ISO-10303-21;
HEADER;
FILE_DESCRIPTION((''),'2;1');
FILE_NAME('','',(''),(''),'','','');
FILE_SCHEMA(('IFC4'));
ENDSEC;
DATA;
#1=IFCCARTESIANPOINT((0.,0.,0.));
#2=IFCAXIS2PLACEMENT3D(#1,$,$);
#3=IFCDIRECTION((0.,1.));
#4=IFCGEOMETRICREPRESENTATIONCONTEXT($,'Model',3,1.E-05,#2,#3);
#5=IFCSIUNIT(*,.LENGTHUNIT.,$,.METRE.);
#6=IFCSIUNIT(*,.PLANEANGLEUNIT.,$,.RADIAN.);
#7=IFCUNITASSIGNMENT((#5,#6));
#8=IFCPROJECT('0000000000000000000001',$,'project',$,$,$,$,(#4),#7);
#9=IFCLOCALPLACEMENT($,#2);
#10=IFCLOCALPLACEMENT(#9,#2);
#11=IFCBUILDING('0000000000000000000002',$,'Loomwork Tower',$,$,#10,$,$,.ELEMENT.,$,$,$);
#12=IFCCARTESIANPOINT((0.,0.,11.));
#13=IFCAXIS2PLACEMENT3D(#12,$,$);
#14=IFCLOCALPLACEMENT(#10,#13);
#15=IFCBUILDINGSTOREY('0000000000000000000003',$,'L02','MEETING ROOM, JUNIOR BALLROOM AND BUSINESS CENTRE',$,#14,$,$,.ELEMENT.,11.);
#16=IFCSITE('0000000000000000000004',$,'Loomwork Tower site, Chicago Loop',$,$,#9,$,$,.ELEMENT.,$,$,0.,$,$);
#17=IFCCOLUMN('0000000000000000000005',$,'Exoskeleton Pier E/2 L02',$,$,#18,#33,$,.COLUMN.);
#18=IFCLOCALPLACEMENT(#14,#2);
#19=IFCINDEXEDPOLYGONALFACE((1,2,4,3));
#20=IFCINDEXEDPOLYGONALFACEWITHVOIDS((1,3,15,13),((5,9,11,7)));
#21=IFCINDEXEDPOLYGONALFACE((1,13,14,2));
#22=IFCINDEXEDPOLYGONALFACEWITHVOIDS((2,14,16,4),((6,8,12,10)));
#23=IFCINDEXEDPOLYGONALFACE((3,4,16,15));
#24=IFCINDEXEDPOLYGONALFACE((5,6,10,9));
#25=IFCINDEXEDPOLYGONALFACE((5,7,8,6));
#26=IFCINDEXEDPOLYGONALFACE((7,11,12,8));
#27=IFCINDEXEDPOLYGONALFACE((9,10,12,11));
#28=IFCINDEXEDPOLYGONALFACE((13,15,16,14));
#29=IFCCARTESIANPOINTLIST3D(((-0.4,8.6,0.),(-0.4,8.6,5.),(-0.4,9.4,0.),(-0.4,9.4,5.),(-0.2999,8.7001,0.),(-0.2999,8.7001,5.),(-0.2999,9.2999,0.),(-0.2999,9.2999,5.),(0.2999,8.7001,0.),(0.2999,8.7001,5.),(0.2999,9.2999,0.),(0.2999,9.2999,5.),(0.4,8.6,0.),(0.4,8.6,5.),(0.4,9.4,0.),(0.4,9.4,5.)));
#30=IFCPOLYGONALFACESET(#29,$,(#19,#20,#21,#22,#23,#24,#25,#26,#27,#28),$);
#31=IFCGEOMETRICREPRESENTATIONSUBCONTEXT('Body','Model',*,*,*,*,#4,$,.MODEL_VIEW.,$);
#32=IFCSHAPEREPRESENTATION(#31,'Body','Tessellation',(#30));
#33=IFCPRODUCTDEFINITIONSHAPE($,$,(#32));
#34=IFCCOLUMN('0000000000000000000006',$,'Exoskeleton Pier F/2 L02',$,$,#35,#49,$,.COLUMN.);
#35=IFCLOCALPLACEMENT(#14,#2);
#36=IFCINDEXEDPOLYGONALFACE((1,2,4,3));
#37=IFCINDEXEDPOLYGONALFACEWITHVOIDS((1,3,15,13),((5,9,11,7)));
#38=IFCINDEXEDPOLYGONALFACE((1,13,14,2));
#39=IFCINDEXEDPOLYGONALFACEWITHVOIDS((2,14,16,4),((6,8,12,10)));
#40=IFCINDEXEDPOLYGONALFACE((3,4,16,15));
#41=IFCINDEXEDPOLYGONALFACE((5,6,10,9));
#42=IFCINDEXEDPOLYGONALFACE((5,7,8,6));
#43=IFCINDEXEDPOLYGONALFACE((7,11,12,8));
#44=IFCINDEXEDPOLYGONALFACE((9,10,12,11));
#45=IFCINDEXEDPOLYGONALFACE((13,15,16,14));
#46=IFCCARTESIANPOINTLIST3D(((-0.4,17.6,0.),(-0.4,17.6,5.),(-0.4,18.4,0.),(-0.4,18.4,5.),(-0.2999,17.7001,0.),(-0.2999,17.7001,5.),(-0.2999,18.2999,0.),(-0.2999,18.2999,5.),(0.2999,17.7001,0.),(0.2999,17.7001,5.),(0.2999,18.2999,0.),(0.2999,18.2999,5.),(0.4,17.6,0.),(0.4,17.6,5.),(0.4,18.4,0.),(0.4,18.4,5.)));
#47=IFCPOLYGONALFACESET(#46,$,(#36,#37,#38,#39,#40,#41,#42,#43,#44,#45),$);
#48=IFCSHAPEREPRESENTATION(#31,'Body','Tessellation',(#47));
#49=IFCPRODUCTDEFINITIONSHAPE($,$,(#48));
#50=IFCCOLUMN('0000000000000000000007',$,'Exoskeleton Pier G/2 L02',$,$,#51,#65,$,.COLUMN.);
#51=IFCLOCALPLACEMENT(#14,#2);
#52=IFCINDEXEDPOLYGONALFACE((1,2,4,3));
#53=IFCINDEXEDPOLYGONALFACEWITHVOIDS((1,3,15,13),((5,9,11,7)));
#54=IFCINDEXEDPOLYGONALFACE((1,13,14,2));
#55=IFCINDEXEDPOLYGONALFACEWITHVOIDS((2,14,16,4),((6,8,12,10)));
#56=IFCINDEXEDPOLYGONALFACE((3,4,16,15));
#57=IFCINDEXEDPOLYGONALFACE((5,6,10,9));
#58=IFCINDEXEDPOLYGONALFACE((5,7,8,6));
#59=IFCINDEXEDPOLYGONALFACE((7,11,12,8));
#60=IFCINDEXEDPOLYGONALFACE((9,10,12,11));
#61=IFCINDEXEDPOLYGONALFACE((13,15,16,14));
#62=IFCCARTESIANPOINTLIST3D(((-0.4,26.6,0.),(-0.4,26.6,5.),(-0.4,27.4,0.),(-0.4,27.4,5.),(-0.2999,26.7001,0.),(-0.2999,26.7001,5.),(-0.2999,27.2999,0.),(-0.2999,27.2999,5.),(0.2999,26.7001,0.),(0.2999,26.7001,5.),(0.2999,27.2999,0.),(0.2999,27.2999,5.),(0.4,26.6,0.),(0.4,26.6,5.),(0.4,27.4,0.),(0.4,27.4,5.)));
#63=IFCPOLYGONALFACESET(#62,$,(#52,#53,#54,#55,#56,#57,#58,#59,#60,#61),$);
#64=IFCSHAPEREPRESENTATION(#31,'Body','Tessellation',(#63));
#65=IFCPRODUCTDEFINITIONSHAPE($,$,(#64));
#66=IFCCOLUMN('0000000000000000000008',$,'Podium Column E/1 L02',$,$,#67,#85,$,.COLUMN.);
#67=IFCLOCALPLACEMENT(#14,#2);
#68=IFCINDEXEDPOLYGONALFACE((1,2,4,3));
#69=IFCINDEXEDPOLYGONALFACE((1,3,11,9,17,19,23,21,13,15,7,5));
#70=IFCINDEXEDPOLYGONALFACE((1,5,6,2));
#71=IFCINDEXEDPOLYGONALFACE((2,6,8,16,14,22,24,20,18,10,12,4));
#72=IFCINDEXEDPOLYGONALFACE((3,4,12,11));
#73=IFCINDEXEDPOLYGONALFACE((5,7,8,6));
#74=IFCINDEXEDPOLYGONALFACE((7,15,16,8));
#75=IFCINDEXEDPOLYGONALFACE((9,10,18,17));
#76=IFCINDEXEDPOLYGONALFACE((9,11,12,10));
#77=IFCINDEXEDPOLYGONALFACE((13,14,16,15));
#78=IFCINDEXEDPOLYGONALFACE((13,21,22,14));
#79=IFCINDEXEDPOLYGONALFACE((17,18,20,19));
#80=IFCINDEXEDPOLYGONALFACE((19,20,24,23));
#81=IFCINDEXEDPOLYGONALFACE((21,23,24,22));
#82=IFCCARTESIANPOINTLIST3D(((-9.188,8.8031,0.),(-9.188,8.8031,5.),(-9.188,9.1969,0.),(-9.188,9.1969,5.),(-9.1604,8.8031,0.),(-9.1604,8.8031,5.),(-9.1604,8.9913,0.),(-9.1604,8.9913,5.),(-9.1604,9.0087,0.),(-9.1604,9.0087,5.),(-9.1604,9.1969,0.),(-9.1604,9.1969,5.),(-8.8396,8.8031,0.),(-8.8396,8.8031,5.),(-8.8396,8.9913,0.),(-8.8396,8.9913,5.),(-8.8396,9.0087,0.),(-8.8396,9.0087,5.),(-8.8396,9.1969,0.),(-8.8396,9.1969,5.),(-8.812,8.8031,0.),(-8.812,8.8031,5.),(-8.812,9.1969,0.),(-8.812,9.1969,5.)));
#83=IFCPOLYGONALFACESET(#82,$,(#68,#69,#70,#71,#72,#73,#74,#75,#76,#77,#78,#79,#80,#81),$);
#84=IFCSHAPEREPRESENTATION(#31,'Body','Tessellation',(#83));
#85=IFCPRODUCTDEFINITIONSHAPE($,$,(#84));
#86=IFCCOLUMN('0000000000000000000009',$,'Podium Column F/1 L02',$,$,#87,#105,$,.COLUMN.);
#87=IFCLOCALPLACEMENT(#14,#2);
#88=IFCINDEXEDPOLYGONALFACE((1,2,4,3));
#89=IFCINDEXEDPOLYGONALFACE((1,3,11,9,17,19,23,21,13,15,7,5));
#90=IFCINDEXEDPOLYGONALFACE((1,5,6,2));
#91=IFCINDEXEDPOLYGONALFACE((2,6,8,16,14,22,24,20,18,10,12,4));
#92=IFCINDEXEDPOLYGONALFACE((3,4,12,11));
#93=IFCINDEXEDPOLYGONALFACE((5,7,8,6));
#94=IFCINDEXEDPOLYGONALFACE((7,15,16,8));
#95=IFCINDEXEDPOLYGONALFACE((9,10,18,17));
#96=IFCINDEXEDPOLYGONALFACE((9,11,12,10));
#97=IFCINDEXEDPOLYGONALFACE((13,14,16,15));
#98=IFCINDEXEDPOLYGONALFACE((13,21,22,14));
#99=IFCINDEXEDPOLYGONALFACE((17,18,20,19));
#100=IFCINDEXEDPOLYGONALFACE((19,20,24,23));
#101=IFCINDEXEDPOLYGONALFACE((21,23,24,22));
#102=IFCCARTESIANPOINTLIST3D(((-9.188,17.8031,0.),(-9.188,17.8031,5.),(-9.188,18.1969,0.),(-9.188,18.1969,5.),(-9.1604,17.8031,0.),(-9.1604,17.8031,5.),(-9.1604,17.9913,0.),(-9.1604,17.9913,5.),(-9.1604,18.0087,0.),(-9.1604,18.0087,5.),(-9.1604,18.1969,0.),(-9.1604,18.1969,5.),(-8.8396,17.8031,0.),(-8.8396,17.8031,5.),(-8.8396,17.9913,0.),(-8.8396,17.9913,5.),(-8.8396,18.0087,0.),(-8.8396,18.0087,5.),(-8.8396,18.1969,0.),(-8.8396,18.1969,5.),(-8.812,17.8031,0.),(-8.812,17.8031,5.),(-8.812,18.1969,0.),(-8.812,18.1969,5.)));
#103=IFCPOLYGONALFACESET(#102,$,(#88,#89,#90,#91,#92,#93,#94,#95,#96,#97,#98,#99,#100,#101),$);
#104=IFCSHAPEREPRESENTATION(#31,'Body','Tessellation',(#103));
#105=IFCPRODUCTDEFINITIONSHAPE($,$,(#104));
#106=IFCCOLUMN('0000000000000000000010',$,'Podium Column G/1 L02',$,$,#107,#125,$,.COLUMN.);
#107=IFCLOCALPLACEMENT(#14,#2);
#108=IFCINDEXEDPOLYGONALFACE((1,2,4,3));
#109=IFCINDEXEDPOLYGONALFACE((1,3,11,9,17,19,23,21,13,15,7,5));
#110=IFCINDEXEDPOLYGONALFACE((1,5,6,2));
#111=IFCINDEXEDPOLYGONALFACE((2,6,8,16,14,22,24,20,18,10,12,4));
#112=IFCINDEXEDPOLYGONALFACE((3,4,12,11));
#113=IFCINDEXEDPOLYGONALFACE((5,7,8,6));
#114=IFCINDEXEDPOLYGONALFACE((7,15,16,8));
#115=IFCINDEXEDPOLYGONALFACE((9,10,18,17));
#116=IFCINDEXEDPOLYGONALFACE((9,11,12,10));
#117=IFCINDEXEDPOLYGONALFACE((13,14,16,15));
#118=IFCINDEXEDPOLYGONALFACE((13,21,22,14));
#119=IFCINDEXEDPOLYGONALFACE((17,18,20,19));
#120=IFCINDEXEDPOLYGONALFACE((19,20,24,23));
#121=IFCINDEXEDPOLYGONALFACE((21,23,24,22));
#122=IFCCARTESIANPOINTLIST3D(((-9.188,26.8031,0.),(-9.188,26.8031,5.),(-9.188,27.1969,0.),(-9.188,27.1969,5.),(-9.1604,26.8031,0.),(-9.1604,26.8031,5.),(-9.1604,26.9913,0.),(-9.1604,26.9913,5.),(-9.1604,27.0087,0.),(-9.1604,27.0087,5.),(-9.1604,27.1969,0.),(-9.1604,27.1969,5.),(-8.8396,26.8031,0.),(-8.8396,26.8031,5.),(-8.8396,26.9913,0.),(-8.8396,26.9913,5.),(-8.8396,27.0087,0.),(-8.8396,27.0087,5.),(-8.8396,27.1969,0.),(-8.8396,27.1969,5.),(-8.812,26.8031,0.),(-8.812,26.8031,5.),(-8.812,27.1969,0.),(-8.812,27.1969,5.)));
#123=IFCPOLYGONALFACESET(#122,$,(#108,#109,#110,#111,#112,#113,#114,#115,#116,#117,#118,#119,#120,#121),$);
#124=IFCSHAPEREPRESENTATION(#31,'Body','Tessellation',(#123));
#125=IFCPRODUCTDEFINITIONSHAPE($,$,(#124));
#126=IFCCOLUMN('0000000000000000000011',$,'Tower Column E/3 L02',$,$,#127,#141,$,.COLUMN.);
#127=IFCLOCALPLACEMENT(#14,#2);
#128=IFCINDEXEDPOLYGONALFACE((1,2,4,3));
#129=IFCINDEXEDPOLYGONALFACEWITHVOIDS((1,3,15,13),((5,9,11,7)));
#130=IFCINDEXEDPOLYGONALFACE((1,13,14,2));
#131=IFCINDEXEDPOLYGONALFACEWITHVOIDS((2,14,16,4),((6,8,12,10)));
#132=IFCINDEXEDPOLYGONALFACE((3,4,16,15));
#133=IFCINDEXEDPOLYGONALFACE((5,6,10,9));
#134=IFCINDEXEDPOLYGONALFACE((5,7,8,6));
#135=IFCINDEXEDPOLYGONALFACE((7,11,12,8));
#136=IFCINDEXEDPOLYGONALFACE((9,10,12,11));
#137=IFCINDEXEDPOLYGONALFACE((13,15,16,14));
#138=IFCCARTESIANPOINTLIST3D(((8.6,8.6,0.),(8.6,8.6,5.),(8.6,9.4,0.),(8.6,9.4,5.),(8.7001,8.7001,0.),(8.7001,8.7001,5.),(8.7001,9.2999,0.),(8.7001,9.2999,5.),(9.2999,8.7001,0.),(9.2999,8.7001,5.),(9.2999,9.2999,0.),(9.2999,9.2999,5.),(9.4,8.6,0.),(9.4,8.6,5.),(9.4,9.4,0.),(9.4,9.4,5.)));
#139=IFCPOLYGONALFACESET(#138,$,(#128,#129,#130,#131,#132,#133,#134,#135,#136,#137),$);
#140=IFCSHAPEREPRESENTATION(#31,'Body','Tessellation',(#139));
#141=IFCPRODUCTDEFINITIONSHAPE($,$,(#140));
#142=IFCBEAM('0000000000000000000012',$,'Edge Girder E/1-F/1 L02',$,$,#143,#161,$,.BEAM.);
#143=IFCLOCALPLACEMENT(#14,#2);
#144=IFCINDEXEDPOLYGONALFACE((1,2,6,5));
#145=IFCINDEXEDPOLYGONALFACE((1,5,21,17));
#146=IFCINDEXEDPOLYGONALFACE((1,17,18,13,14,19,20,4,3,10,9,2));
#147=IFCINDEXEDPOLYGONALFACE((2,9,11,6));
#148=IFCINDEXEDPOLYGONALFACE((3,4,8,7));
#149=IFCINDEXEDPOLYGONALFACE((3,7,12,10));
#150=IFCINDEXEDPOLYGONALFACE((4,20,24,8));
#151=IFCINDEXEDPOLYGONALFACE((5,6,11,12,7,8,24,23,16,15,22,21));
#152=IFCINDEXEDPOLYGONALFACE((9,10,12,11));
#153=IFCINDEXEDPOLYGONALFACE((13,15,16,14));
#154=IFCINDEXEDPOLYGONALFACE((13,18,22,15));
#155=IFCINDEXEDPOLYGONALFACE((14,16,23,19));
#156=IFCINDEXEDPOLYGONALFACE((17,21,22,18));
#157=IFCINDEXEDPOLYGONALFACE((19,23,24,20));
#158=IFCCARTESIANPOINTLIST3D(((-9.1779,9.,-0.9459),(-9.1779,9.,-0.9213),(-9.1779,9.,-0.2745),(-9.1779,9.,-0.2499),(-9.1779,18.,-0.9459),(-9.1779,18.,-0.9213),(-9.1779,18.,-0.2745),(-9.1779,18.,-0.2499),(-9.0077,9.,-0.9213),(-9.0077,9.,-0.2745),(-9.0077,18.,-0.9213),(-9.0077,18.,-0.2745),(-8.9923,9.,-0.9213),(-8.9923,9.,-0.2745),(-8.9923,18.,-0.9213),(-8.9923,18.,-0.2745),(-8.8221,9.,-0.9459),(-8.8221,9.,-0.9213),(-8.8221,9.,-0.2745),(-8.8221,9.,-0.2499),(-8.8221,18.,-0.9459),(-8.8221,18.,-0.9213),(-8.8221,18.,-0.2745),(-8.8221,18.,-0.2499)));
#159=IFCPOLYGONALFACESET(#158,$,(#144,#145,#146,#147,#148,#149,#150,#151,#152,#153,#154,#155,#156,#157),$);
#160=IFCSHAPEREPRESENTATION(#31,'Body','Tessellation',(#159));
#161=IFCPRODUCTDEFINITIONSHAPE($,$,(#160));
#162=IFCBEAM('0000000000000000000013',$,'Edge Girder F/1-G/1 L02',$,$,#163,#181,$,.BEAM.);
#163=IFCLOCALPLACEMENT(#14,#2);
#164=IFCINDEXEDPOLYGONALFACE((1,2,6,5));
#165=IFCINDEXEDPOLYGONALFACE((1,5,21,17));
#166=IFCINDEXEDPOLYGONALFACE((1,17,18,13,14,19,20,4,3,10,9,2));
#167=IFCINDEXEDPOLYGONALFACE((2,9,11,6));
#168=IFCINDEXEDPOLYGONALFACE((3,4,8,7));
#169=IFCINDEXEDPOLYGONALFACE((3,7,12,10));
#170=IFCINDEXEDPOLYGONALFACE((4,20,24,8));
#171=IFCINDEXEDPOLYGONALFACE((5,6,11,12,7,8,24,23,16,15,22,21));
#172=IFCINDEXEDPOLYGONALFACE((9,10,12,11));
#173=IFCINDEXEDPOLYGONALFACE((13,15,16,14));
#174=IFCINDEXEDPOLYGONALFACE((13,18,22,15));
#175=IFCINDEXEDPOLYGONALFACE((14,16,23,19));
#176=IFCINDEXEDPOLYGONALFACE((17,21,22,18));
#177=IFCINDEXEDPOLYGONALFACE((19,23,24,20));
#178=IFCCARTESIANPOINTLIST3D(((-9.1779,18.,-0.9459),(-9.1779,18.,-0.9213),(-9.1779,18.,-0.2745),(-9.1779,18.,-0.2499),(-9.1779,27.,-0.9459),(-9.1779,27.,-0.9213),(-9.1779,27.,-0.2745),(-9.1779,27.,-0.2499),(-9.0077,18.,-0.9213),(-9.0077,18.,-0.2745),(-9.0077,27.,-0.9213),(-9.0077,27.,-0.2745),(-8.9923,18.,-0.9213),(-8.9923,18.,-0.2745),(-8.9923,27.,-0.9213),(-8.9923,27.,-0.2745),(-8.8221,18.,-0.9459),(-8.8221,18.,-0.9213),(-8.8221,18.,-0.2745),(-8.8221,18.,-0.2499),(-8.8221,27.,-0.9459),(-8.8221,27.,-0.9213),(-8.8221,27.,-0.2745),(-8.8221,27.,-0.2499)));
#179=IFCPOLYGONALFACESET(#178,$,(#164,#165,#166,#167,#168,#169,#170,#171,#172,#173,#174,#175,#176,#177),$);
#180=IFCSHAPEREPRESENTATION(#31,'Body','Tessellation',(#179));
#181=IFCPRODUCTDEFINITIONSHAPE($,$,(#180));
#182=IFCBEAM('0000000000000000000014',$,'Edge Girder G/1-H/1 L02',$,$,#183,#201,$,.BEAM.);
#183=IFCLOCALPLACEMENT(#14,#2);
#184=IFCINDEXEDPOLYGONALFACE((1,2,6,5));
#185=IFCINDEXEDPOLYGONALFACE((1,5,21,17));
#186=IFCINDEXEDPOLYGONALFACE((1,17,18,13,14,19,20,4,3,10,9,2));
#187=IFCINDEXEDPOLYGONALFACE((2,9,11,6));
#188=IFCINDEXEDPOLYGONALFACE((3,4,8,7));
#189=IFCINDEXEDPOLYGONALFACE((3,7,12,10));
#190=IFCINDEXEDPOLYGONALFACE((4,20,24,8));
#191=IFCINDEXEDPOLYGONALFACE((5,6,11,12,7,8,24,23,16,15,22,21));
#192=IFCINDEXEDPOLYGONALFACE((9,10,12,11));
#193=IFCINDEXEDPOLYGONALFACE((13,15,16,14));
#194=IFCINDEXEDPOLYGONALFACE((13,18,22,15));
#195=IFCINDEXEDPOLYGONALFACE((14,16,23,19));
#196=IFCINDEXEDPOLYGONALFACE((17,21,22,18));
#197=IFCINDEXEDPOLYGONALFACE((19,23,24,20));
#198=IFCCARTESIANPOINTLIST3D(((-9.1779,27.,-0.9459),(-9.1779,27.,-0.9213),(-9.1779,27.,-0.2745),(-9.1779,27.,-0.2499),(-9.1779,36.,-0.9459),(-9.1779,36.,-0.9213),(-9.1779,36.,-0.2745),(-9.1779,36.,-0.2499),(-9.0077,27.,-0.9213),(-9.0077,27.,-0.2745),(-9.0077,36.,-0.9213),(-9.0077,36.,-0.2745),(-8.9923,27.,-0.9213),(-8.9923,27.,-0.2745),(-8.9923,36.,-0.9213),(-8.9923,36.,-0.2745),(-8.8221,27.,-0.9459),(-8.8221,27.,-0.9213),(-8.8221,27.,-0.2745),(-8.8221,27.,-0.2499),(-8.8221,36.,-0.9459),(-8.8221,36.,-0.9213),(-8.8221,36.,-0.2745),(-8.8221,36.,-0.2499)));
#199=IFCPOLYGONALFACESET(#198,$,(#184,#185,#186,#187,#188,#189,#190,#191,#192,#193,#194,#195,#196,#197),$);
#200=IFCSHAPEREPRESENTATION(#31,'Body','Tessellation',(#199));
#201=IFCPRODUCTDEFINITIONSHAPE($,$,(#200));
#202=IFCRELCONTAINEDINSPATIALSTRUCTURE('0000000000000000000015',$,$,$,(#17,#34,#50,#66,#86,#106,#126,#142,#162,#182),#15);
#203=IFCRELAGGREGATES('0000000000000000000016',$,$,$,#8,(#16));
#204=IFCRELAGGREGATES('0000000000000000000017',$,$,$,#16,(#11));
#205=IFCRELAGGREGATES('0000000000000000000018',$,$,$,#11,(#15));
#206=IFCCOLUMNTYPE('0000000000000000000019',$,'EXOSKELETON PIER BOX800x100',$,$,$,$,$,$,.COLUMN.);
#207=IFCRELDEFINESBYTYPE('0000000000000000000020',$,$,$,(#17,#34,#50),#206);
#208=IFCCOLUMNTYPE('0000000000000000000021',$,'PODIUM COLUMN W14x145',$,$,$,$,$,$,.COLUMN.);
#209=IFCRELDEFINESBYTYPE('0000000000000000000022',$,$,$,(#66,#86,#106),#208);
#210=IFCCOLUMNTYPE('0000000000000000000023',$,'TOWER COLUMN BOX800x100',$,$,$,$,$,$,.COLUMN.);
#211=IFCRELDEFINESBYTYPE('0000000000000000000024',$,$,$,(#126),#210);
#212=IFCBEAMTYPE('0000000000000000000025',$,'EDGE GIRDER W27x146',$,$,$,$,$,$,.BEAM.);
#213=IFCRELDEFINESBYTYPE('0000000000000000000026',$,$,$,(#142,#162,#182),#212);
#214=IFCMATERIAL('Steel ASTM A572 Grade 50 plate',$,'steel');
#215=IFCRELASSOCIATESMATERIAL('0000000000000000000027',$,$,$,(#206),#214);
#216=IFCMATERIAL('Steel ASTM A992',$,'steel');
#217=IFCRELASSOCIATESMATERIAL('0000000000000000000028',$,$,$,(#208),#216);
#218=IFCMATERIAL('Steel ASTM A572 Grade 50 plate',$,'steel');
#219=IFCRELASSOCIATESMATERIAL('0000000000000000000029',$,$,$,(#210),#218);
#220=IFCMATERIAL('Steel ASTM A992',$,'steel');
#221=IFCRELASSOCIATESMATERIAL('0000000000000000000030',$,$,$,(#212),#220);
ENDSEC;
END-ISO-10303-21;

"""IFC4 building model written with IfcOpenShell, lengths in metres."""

from ifc_helpers import new_model, si_unit, direction, frame, origin, origin_2d, place, context, subcontext, project, spatial, hollow_rectangle, i_section, extrude, material, material_profile, profile_set, type_object, element, save


model = new_model("IFC4")

# Units and contexts
model_context = context("Model", 3, precision=1e-05, world=origin(), true_north=direction((0.0, 1.0)))
body_context = subcontext(model_context, "Body", "Model", "MODEL_VIEW")
ifc_project = project(units=[si_unit("LENGTHUNIT", "METRE"), si_unit("PLANEANGLEUNIT", "RADIAN")], contexts=[model_context])

# Site, building, storey
site_placement = place(None, origin())
site = spatial("IfcSite", under=ifc_project, at=site_placement, Name="Loomwork Tower site, Chicago Loop", CompositionType="ELEMENT", RefElevation=0.0)
building_placement = place(site_placement, origin())
building = spatial("IfcBuilding", under=site, at=building_placement, Name="Loomwork Tower", CompositionType="ELEMENT")
storey_placement = place(building_placement, frame((0.0, 0.0, 11.0)))
storey = spatial("IfcBuildingStorey", under=building, at=storey_placement, Name="L02", Description="MEETING ROOM, JUNIOR BALLROOM AND BUSINESS CENTRE", CompositionType="ELEMENT", Elevation=11.0)

# Columns
ifc_material_1 = material(Name="Steel ASTM A572 Grade 50 plate", Category="steel")
ifc_material_profile_1 = material_profile(ifc_material_1, hollow_rectangle(XDim=0.8, YDim=0.8, WallThickness=0.1001, at=origin_2d()), Name="BOX800x100")
ifc_profile_set_1 = profile_set([ifc_material_profile_1], Name="Steel ASTM A572 Grade 50 plate")
column_type_1 = type_object("IfcColumnType", Name="EXOSKELETON PIER BOX800x100", PredefinedType="COLUMN", material=ifc_profile_set_1)
for number, where, z_axis, x_axis, name in (
    (1, (0.0, 9.0, 0.0), (0.0, 0.0, 1.0), (0.0, 1.0, 0.0), "Exoskeleton Pier E/2 L02"),
    (2, (0.0, 18.0, 0.0), (0.0, 0.0, 1.0), (0.0, 1.0, 0.0), "Exoskeleton Pier F/2 L02"),
    (3, (0.0, 27.0, 0.0), (0.0, 0.0, 1.0), (0.0, 1.0, 0.0), "Exoskeleton Pier G/2 L02"),
):
    element("IfcColumn", number, at=place(storey_placement, frame(where, z_axis=z_axis, x_axis=x_axis)), inside=storey, type_object=column_type_1, Name=name, PredefinedType="COLUMN", context=body_context, shape_type="SweptSolid", body=[
        extrude(hollow_rectangle(XDim=0.8, YDim=0.8, WallThickness=0.1001, at=origin_2d()), origin(), (0.0, 0.0, 1.0), 5.0),
    ])
ifc_material_2 = material(Name="Steel ASTM A992", Category="steel")
ifc_material_profile_2 = material_profile(ifc_material_2, i_section(OverallWidth=0.3938, OverallDepth=0.376, WebThickness=0.0173, FlangeThickness=0.0276, at=origin_2d()), Name="W14x145")
ifc_profile_set_2 = profile_set([ifc_material_profile_2], Name="Steel ASTM A992")
column_type_2 = type_object("IfcColumnType", Name="PODIUM COLUMN W14x145", PredefinedType="COLUMN", material=ifc_profile_set_2)
for number, where, z_axis, x_axis, name in (
    (4, (-9.0, 9.0, 0.0), (0.0, 0.0, 1.0), (0.0, 1.0, 0.0), "Podium Column E/1 L02"),
    (5, (-9.0, 18.0, 0.0), (0.0, 0.0, 1.0), (0.0, 1.0, 0.0), "Podium Column F/1 L02"),
    (6, (-9.0, 27.0, 0.0), (0.0, 0.0, 1.0), (0.0, 1.0, 0.0), "Podium Column G/1 L02"),
):
    element("IfcColumn", number, at=place(storey_placement, frame(where, z_axis=z_axis, x_axis=x_axis)), inside=storey, type_object=column_type_2, Name=name, PredefinedType="COLUMN", context=body_context, shape_type="SweptSolid", body=[
        extrude(i_section(OverallWidth=0.3938, OverallDepth=0.376, WebThickness=0.0173, FlangeThickness=0.0276, at=origin_2d()), origin(), (0.0, 0.0, 1.0), 5.0),
    ])
ifc_material_3 = material(Name="Steel ASTM A572 Grade 50 plate", Category="steel")
ifc_material_profile_3 = material_profile(ifc_material_3, hollow_rectangle(XDim=0.8, YDim=0.8, WallThickness=0.1001, at=origin_2d()), Name="BOX800x100")
ifc_profile_set_3 = profile_set([ifc_material_profile_3], Name="Steel ASTM A572 Grade 50 plate")
column_type_3 = type_object("IfcColumnType", Name="TOWER COLUMN BOX800x100", PredefinedType="COLUMN", material=ifc_profile_set_3)
column_placement = place(storey_placement, frame((9.0, 9.0, 0.0), z_axis=(0.0, 0.0, 1.0), x_axis=(1.0, 0.0, 0.0)))
element("IfcColumn", 7, at=column_placement, inside=storey, type_object=column_type_3, Name="Tower Column E/3 L02", PredefinedType="COLUMN", context=body_context, shape_type="SweptSolid", body=[
    extrude(hollow_rectangle(XDim=0.8, YDim=0.8, WallThickness=0.1001, at=origin_2d()), origin(), (0.0, 0.0, 1.0), 5.0),
])

# Beams
ifc_material_4 = material(Name="Steel ASTM A992", Category="steel")
ifc_material_profile_4 = material_profile(ifc_material_4, i_section(OverallWidth=0.3557, OverallDepth=0.696, WebThickness=0.0154, FlangeThickness=0.0247, at=origin_2d()), Name="W27x146")
ifc_profile_set_4 = profile_set([ifc_material_profile_4], Name="Steel ASTM A992")
beam_type_1 = type_object("IfcBeamType", Name="EDGE GIRDER W27x146", PredefinedType="BEAM", material=ifc_profile_set_4)
for number, where, z_axis, x_axis, name in (
    (8, (-9.0, 9.0, -0.5979), (0.0, 1.0, 0.0), (-1.0, 0.0, 0.0), "Edge Girder E/1-F/1 L02"),
    (9, (-9.0, 18.0, -0.5979), (0.0, 1.0, 0.0), (-1.0, 0.0, 0.0), "Edge Girder F/1-G/1 L02"),
    (10, (-9.0, 27.0, -0.5979), (0.0, 1.0, 0.0), (-1.0, 0.0, 0.0), "Edge Girder G/1-H/1 L02"),
):
    element("IfcBeam", number, at=place(storey_placement, frame(where, z_axis=z_axis, x_axis=x_axis)), inside=storey, type_object=beam_type_1, Name=name, PredefinedType="BEAM", context=body_context, shape_type="SweptSolid", body=[
        extrude(i_section(OverallWidth=0.3557, OverallDepth=0.696, WebThickness=0.0154, FlangeThickness=0.0247, at=origin_2d()), origin(), (0.0, 0.0, 1.0), 9.0),
    ])

save(model, "model.ifc")
